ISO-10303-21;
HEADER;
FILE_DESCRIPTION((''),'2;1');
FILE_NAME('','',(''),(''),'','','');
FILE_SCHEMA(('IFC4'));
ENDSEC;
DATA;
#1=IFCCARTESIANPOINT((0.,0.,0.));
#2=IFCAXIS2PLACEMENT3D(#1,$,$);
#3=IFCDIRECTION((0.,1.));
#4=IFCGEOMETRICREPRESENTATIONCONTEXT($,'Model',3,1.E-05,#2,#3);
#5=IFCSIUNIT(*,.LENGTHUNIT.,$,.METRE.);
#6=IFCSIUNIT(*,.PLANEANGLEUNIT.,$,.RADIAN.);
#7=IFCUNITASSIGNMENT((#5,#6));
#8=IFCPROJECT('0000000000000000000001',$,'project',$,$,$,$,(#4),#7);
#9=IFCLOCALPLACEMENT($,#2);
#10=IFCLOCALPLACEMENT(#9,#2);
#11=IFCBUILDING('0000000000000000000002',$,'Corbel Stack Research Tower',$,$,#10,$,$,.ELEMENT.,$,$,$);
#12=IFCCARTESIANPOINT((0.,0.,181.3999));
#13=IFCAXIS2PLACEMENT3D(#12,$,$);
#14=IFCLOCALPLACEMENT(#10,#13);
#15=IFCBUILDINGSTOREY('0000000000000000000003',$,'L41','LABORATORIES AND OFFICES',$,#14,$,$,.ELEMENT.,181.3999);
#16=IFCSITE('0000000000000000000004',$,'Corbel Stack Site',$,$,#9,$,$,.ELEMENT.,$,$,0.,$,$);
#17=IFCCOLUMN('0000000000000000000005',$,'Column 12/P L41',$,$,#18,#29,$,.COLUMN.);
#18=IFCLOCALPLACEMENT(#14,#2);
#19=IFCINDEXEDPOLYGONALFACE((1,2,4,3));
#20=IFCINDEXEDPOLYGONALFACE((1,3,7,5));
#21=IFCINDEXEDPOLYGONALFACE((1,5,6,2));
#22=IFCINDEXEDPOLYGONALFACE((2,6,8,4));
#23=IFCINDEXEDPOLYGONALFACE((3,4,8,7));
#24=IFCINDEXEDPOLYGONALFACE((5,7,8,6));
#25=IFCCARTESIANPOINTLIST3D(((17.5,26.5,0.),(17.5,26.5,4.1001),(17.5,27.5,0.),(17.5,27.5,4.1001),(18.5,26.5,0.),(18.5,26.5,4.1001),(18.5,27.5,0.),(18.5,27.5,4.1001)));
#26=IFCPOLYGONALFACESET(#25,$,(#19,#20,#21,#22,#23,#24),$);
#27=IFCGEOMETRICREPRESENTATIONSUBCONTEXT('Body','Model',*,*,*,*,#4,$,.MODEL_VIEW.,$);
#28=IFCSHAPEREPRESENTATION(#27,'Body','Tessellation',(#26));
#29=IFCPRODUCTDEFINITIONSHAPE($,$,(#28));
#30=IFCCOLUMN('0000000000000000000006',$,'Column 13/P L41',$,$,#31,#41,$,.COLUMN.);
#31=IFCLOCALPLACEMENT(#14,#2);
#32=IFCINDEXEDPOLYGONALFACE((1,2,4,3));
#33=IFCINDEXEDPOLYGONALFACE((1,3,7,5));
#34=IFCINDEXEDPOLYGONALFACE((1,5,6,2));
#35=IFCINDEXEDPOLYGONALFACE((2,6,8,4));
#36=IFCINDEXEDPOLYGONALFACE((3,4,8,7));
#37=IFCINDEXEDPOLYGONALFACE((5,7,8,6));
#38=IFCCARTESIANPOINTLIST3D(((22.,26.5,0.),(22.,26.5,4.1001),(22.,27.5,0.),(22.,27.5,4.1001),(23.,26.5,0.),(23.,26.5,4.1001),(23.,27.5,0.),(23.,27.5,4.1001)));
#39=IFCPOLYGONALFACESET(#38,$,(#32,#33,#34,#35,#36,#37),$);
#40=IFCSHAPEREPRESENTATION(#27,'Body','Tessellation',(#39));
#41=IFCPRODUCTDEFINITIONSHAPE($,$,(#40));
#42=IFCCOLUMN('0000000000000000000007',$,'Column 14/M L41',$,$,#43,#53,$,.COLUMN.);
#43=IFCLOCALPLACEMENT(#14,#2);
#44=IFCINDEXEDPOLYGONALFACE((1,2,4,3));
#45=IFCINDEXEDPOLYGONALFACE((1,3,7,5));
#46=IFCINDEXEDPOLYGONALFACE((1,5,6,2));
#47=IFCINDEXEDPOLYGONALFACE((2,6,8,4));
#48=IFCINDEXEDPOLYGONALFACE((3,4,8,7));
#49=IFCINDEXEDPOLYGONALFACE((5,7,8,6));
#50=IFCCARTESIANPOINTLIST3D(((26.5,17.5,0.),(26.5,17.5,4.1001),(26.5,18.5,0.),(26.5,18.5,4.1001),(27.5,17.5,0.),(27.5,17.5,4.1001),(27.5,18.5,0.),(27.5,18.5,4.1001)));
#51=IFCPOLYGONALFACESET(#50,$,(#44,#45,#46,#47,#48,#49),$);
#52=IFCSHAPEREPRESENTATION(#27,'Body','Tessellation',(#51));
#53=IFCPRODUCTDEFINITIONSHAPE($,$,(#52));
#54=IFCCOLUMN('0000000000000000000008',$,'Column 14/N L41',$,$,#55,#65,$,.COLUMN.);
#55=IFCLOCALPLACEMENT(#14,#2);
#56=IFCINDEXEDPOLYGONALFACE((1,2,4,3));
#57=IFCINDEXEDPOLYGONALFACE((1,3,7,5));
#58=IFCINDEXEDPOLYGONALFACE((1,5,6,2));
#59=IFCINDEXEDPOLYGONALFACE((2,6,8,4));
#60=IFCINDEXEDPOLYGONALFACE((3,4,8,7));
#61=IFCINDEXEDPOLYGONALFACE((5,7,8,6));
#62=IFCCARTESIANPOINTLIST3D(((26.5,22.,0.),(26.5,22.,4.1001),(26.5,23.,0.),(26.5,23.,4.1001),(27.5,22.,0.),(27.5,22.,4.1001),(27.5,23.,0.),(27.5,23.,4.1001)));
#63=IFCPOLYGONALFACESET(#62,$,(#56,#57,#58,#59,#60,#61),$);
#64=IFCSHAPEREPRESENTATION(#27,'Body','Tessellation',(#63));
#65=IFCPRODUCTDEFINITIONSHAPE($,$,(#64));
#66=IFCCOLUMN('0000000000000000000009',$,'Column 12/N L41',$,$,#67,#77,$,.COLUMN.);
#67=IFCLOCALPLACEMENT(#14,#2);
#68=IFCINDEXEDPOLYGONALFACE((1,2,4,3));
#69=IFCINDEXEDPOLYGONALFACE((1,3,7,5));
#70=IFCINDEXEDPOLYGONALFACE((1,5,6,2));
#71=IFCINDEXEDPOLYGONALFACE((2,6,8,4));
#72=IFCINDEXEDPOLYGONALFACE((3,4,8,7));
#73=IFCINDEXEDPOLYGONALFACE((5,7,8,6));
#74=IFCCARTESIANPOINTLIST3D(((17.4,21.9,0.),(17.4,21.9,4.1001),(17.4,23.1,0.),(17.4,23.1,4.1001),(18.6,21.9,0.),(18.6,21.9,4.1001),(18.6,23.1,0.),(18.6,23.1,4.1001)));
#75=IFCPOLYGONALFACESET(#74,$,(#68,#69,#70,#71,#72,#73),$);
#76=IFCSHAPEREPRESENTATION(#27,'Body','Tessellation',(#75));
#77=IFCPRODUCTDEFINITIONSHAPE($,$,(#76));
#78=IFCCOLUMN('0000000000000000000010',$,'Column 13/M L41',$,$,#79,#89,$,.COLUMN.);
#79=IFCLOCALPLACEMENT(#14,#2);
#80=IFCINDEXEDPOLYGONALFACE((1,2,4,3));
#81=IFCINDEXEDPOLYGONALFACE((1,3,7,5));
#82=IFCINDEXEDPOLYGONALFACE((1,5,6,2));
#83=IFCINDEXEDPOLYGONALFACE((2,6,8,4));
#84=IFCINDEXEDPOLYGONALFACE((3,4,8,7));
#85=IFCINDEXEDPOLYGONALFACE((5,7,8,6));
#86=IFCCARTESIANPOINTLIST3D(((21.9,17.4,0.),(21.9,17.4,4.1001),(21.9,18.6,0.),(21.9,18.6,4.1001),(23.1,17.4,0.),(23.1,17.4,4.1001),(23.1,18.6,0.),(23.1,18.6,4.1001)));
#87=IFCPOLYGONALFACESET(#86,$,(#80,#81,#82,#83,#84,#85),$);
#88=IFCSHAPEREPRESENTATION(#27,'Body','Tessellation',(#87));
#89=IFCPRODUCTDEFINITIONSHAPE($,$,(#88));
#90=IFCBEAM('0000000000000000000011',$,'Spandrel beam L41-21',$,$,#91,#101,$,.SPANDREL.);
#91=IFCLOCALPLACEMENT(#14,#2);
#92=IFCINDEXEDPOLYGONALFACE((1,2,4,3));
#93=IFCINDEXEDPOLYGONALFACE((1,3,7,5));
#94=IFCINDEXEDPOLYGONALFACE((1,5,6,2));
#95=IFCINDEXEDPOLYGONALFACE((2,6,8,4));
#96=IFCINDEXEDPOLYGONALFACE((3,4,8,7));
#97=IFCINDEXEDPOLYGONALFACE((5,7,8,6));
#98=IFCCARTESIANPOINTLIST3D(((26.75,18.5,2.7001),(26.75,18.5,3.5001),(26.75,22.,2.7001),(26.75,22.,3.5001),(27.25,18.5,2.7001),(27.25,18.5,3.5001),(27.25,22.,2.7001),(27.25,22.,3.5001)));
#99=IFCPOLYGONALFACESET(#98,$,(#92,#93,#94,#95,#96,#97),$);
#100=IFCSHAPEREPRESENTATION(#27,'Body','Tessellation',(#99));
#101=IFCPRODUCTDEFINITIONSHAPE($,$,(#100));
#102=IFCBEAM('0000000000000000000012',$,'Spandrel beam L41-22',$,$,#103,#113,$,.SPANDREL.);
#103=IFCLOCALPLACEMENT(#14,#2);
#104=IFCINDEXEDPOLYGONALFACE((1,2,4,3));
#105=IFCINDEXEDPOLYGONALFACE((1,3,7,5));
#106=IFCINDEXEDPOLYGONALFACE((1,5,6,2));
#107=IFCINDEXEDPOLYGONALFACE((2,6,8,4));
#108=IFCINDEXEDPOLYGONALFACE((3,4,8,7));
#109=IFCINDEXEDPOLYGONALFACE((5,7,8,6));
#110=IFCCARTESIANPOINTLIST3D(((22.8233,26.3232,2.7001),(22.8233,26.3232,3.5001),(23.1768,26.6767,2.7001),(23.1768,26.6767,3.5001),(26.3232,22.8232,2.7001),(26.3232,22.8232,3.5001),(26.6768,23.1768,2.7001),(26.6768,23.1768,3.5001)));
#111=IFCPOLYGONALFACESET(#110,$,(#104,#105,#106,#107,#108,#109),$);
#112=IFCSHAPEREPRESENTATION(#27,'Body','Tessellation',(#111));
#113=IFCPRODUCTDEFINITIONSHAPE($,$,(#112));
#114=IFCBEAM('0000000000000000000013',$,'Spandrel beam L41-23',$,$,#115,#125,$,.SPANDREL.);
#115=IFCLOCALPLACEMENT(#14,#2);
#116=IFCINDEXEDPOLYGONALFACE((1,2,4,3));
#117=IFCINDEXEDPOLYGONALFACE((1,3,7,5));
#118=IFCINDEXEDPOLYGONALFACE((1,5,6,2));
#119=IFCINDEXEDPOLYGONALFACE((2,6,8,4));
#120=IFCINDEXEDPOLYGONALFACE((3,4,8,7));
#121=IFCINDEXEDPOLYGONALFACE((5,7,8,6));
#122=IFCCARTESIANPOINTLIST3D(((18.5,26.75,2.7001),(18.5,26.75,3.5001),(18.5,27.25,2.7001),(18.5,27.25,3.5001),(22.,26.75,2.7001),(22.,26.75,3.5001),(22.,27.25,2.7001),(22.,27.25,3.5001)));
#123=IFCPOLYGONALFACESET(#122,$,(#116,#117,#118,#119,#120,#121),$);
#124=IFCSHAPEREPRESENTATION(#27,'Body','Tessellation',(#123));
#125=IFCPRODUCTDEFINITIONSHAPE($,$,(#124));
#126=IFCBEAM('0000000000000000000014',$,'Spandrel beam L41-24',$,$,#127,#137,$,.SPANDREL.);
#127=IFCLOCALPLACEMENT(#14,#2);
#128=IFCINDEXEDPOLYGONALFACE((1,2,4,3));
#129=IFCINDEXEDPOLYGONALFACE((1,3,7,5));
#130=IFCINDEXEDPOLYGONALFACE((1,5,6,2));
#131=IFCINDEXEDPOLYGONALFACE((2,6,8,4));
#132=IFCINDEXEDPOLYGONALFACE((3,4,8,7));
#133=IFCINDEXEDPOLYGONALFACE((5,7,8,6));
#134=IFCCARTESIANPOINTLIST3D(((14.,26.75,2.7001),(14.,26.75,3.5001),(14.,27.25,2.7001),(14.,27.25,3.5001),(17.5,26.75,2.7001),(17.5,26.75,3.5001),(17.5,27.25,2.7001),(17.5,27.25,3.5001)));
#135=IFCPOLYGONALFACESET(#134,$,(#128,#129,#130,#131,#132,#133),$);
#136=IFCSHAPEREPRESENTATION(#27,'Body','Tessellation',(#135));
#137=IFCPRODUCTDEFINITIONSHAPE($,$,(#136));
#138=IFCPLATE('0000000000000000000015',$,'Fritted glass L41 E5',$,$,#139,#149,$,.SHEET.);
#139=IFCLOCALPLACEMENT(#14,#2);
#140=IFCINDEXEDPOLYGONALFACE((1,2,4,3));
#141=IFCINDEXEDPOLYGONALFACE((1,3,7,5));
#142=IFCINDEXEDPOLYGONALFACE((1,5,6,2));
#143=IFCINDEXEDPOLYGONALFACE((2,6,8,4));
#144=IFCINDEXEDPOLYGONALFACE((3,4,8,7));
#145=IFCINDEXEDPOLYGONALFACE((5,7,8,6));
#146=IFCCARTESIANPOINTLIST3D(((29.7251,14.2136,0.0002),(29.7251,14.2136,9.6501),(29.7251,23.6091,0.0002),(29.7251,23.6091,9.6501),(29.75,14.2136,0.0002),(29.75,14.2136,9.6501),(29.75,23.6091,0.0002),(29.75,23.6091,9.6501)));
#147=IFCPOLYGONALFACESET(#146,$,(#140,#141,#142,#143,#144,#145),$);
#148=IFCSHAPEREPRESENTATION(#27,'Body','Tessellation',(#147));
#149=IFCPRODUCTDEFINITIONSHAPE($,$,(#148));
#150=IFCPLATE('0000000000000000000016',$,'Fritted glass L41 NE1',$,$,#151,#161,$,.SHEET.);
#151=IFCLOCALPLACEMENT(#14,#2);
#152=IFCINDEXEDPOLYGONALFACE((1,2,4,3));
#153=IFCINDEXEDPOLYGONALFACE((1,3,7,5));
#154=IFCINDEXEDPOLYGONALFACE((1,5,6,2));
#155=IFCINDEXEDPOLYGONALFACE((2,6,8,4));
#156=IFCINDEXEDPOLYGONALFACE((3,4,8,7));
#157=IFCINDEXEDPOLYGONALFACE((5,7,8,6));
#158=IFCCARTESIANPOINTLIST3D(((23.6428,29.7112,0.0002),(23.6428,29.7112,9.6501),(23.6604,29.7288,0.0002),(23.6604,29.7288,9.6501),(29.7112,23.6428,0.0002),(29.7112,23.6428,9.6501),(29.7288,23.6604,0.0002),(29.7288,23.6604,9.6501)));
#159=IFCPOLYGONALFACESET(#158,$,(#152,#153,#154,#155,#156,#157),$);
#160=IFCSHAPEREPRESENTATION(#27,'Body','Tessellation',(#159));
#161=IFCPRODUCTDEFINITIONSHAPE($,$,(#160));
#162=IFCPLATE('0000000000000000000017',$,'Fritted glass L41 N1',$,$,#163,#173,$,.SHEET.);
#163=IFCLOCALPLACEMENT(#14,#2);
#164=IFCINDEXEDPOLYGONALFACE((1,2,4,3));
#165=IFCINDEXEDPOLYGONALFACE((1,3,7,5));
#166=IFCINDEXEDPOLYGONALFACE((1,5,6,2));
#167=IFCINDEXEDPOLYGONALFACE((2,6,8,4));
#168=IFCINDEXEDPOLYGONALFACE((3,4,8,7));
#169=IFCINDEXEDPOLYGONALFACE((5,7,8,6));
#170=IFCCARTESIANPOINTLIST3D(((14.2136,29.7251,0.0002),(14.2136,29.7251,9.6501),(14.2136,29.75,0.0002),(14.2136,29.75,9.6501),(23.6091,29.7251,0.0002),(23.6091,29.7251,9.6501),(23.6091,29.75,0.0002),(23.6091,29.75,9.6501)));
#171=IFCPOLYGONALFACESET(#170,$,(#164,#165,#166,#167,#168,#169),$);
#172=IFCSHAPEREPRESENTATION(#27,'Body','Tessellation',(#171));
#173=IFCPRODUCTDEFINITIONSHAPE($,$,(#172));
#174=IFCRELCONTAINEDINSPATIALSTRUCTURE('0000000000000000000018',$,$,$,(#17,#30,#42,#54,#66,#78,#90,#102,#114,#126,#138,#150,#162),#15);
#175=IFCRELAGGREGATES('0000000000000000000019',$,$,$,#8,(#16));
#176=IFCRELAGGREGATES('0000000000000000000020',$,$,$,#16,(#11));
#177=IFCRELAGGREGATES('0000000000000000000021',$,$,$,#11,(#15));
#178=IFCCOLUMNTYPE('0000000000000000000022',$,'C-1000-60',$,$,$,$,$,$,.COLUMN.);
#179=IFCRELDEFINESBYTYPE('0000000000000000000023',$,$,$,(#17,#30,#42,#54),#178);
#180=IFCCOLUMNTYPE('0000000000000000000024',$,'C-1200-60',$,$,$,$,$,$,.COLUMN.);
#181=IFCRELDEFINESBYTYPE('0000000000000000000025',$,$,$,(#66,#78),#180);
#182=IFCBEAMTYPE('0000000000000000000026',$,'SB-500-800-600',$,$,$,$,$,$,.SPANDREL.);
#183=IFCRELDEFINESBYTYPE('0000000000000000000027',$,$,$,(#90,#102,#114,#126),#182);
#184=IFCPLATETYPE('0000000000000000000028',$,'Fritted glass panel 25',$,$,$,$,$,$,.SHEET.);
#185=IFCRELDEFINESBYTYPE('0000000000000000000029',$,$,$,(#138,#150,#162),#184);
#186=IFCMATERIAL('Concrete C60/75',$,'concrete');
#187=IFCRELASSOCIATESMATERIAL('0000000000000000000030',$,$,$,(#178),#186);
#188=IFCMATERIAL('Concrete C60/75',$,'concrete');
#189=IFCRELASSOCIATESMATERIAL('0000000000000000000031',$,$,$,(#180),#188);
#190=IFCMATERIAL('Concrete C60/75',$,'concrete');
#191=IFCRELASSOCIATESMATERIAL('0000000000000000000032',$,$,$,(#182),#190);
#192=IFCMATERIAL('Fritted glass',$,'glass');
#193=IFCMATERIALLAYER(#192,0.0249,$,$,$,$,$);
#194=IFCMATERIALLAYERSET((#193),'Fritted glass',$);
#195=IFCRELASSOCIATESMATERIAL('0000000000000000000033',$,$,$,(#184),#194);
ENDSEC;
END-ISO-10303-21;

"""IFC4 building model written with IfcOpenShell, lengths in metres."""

from ifc_helpers import new_model, si_unit, direction, frame, origin, origin_2d, place, context, subcontext, project, spatial, rectangle, extrude, material, layer, layer_set, material_profile, profile_set, type_object, element, save


model = new_model("IFC4")

# Units and contexts
model_context = context("Model", 3, precision=1e-05, world=origin(), true_north=direction((0.0, 1.0)))
body_context = subcontext(model_context, "Body", "Model", "MODEL_VIEW")
ifc_project = project(units=[si_unit("LENGTHUNIT", "METRE"), si_unit("PLANEANGLEUNIT", "RADIAN")], contexts=[model_context])

# Site, building, storey
site_placement = place(None, origin())
site = spatial("IfcSite", under=ifc_project, at=site_placement, Name="Corbel Stack Site", CompositionType="ELEMENT", RefElevation=0.0)
building_placement = place(site_placement, origin())
building = spatial("IfcBuilding", under=site, at=building_placement, Name="Corbel Stack Research Tower", CompositionType="ELEMENT")
storey_placement = place(building_placement, frame((0.0, 0.0, 181.3999)))
storey = spatial("IfcBuildingStorey", under=building, at=storey_placement, Name="L41", Description="LABORATORIES AND OFFICES", CompositionType="ELEMENT", Elevation=181.3999)

# Columns
ifc_material_1 = material(Name="Concrete C60/75", Category="concrete")
ifc_material_profile_1 = material_profile(ifc_material_1, rectangle(XDim=1.0, YDim=1.0, at=origin_2d()), Name="RC 1000 x 1000")
ifc_profile_set_1 = profile_set([ifc_material_profile_1], Name="Concrete C60/75")
column_type_1 = type_object("IfcColumnType", Name="C-1000-60", PredefinedType="COLUMN", material=ifc_profile_set_1)
for number, where, z_axis, x_axis, name in (
    (1, (18.0, 27.0, 0.0), (0.0, 0.0, 1.0), (1.0, 0.0, 0.0), "Column 12/P L41"),
    (2, (22.5, 27.0, 0.0), (0.0, 0.0, 1.0), (1.0, 0.0, 0.0), "Column 13/P L41"),
    (3, (27.0, 18.0, 0.0), (0.0, 0.0, 1.0), (1.0, 0.0, 0.0), "Column 14/M L41"),
    (4, (27.0, 22.5, 0.0), (0.0, 0.0, 1.0), (1.0, 0.0, 0.0), "Column 14/N L41"),
):
    element("IfcColumn", number, at=place(storey_placement, frame(where, z_axis=z_axis, x_axis=x_axis)), inside=storey, type_object=column_type_1, Name=name, PredefinedType="COLUMN", context=body_context, shape_type="SweptSolid", body=[
        extrude(rectangle(XDim=1.0, YDim=1.0, at=origin_2d()), origin(), (0.0, 0.0, 1.0), 4.1001),
    ])
ifc_material_2 = material(Name="Concrete C60/75", Category="concrete")
ifc_material_profile_2 = material_profile(ifc_material_2, rectangle(XDim=1.2, YDim=1.2, at=origin_2d()), Name="RC 1200 x 1200")
ifc_profile_set_2 = profile_set([ifc_material_profile_2], Name="Concrete C60/75")
column_type_2 = type_object("IfcColumnType", Name="C-1200-60", PredefinedType="COLUMN", material=ifc_profile_set_2)
for number, where, z_axis, x_axis, name in (
    (5, (18.0, 22.5, 0.0), (0.0, 0.0, 1.0), (1.0, 0.0, 0.0), "Column 12/N L41"),
    (6, (22.5, 18.0, 0.0), (0.0, 0.0, 1.0), (1.0, 0.0, 0.0), "Column 13/M L41"),
):
    element("IfcColumn", number, at=place(storey_placement, frame(where, z_axis=z_axis, x_axis=x_axis)), inside=storey, type_object=column_type_2, Name=name, PredefinedType="COLUMN", context=body_context, shape_type="SweptSolid", body=[
        extrude(rectangle(XDim=1.2, YDim=1.2, at=origin_2d()), origin(), (0.0, 0.0, 1.0), 4.1001),
    ])

# Beams
ifc_material_3 = material(Name="Concrete C60/75", Category="concrete")
ifc_material_profile_3 = material_profile(ifc_material_3, rectangle(XDim=0.5, YDim=0.8, at=origin_2d()), Name="RC 500 x 800")
ifc_profile_set_3 = profile_set([ifc_material_profile_3], Name="Concrete C60/75")
beam_type = type_object("IfcBeamType", Name="SB-500-800-600", PredefinedType="SPANDREL", material=ifc_profile_set_3)
beam_1_placement = place(storey_placement, frame((27.0, 18.5, 3.1001), z_axis=(0.0, 1.0, 0.0), x_axis=(-1.0, 0.0, 0.0)))
element("IfcBeam", 7, at=beam_1_placement, inside=storey, type_object=beam_type, Name="Spandrel beam L41-21", PredefinedType="SPANDREL", context=body_context, shape_type="SweptSolid", body=[
    extrude(rectangle(XDim=0.5, YDim=0.8, at=origin_2d()), origin(), (0.0, 0.0, 1.0), 3.5),
])
beam_2_placement = place(storey_placement, frame((26.5, 23.0, 3.1001), z_axis=(-0.707107, 0.707107, 0.0), x_axis=(-0.707107, -0.707107, 0.0)))
element("IfcBeam", 8, at=beam_2_placement, inside=storey, type_object=beam_type, Name="Spandrel beam L41-22", PredefinedType="SPANDREL", context=body_context, shape_type="SweptSolid", body=[
    extrude(rectangle(XDim=0.5, YDim=0.8, at=origin_2d()), origin(), (0.0, 0.0, 1.0), 4.9497),
])
for number, where, z_axis, x_axis, name in (
    (9, (22.0, 27.0, 3.1001), (-1.0, 0.0, 0.0), (0.0, -1.0, 0.0), "Spandrel beam L41-23"),
    (10, (17.5, 27.0, 3.1001), (-1.0, 0.0, 0.0), (0.0, -1.0, 0.0), "Spandrel beam L41-24"),
):
    element("IfcBeam", number, at=place(storey_placement, frame(where, z_axis=z_axis, x_axis=x_axis)), inside=storey, type_object=beam_type, Name=name, PredefinedType="SPANDREL", context=body_context, shape_type="SweptSolid", body=[
        extrude(rectangle(XDim=0.5, YDim=0.8, at=origin_2d()), origin(), (0.0, 0.0, 1.0), 3.5),
    ])

# Plates
ifc_material_4 = material(Name="Fritted glass", Category="glass")
ifc_layer_1 = layer(ifc_material_4, 0.0249)
ifc_layer_set_1 = layer_set([ifc_layer_1], Name="Fritted glass")
plate_type = type_object("IfcPlateType", Name="Fritted glass panel 25", PredefinedType="SHEET", material=ifc_layer_set_1)
plate_1_placement = place(storey_placement, frame((29.7375, 18.9114, 0.0002), z_axis=(0.0, 0.0, 1.0), x_axis=(0.0, 1.0, 0.0)))
element("IfcPlate", 11, at=plate_1_placement, inside=storey, type_object=plate_type, Name="Fritted glass L41 E5", PredefinedType="SHEET", context=body_context, shape_type="SweptSolid", body=[
    extrude(rectangle(XDim=9.3955, YDim=0.0249, at=origin_2d()), origin(), (0.0, 0.0, 1.0), 9.6499),
])
plate_2_placement = place(storey_placement, frame((26.6858, 26.6858, 0.0002), z_axis=(0.0, 0.0, 1.0), x_axis=(-0.707107, 0.707107, 0.0)))
element("IfcPlate", 12, at=plate_2_placement, inside=storey, type_object=plate_type, Name="Fritted glass L41 NE1", PredefinedType="SHEET", context=body_context, shape_type="SweptSolid", body=[
    extrude(rectangle(XDim=8.582, YDim=0.0249, at=origin_2d()), origin(), (0.0, 0.0, 1.0), 9.6499),
])
plate_3_placement = place(storey_placement, frame((18.9114, 29.7375, 0.0002), z_axis=(0.0, 0.0, 1.0), x_axis=(-1.0, 0.0, 0.0)))
element("IfcPlate", 13, at=plate_3_placement, inside=storey, type_object=plate_type, Name="Fritted glass L41 N1", PredefinedType="SHEET", context=body_context, shape_type="SweptSolid", body=[
    extrude(rectangle(XDim=9.3955, YDim=0.0249, at=origin_2d()), origin(), (0.0, 0.0, 1.0), 9.6499),
])

save(model, "model.ifc")
